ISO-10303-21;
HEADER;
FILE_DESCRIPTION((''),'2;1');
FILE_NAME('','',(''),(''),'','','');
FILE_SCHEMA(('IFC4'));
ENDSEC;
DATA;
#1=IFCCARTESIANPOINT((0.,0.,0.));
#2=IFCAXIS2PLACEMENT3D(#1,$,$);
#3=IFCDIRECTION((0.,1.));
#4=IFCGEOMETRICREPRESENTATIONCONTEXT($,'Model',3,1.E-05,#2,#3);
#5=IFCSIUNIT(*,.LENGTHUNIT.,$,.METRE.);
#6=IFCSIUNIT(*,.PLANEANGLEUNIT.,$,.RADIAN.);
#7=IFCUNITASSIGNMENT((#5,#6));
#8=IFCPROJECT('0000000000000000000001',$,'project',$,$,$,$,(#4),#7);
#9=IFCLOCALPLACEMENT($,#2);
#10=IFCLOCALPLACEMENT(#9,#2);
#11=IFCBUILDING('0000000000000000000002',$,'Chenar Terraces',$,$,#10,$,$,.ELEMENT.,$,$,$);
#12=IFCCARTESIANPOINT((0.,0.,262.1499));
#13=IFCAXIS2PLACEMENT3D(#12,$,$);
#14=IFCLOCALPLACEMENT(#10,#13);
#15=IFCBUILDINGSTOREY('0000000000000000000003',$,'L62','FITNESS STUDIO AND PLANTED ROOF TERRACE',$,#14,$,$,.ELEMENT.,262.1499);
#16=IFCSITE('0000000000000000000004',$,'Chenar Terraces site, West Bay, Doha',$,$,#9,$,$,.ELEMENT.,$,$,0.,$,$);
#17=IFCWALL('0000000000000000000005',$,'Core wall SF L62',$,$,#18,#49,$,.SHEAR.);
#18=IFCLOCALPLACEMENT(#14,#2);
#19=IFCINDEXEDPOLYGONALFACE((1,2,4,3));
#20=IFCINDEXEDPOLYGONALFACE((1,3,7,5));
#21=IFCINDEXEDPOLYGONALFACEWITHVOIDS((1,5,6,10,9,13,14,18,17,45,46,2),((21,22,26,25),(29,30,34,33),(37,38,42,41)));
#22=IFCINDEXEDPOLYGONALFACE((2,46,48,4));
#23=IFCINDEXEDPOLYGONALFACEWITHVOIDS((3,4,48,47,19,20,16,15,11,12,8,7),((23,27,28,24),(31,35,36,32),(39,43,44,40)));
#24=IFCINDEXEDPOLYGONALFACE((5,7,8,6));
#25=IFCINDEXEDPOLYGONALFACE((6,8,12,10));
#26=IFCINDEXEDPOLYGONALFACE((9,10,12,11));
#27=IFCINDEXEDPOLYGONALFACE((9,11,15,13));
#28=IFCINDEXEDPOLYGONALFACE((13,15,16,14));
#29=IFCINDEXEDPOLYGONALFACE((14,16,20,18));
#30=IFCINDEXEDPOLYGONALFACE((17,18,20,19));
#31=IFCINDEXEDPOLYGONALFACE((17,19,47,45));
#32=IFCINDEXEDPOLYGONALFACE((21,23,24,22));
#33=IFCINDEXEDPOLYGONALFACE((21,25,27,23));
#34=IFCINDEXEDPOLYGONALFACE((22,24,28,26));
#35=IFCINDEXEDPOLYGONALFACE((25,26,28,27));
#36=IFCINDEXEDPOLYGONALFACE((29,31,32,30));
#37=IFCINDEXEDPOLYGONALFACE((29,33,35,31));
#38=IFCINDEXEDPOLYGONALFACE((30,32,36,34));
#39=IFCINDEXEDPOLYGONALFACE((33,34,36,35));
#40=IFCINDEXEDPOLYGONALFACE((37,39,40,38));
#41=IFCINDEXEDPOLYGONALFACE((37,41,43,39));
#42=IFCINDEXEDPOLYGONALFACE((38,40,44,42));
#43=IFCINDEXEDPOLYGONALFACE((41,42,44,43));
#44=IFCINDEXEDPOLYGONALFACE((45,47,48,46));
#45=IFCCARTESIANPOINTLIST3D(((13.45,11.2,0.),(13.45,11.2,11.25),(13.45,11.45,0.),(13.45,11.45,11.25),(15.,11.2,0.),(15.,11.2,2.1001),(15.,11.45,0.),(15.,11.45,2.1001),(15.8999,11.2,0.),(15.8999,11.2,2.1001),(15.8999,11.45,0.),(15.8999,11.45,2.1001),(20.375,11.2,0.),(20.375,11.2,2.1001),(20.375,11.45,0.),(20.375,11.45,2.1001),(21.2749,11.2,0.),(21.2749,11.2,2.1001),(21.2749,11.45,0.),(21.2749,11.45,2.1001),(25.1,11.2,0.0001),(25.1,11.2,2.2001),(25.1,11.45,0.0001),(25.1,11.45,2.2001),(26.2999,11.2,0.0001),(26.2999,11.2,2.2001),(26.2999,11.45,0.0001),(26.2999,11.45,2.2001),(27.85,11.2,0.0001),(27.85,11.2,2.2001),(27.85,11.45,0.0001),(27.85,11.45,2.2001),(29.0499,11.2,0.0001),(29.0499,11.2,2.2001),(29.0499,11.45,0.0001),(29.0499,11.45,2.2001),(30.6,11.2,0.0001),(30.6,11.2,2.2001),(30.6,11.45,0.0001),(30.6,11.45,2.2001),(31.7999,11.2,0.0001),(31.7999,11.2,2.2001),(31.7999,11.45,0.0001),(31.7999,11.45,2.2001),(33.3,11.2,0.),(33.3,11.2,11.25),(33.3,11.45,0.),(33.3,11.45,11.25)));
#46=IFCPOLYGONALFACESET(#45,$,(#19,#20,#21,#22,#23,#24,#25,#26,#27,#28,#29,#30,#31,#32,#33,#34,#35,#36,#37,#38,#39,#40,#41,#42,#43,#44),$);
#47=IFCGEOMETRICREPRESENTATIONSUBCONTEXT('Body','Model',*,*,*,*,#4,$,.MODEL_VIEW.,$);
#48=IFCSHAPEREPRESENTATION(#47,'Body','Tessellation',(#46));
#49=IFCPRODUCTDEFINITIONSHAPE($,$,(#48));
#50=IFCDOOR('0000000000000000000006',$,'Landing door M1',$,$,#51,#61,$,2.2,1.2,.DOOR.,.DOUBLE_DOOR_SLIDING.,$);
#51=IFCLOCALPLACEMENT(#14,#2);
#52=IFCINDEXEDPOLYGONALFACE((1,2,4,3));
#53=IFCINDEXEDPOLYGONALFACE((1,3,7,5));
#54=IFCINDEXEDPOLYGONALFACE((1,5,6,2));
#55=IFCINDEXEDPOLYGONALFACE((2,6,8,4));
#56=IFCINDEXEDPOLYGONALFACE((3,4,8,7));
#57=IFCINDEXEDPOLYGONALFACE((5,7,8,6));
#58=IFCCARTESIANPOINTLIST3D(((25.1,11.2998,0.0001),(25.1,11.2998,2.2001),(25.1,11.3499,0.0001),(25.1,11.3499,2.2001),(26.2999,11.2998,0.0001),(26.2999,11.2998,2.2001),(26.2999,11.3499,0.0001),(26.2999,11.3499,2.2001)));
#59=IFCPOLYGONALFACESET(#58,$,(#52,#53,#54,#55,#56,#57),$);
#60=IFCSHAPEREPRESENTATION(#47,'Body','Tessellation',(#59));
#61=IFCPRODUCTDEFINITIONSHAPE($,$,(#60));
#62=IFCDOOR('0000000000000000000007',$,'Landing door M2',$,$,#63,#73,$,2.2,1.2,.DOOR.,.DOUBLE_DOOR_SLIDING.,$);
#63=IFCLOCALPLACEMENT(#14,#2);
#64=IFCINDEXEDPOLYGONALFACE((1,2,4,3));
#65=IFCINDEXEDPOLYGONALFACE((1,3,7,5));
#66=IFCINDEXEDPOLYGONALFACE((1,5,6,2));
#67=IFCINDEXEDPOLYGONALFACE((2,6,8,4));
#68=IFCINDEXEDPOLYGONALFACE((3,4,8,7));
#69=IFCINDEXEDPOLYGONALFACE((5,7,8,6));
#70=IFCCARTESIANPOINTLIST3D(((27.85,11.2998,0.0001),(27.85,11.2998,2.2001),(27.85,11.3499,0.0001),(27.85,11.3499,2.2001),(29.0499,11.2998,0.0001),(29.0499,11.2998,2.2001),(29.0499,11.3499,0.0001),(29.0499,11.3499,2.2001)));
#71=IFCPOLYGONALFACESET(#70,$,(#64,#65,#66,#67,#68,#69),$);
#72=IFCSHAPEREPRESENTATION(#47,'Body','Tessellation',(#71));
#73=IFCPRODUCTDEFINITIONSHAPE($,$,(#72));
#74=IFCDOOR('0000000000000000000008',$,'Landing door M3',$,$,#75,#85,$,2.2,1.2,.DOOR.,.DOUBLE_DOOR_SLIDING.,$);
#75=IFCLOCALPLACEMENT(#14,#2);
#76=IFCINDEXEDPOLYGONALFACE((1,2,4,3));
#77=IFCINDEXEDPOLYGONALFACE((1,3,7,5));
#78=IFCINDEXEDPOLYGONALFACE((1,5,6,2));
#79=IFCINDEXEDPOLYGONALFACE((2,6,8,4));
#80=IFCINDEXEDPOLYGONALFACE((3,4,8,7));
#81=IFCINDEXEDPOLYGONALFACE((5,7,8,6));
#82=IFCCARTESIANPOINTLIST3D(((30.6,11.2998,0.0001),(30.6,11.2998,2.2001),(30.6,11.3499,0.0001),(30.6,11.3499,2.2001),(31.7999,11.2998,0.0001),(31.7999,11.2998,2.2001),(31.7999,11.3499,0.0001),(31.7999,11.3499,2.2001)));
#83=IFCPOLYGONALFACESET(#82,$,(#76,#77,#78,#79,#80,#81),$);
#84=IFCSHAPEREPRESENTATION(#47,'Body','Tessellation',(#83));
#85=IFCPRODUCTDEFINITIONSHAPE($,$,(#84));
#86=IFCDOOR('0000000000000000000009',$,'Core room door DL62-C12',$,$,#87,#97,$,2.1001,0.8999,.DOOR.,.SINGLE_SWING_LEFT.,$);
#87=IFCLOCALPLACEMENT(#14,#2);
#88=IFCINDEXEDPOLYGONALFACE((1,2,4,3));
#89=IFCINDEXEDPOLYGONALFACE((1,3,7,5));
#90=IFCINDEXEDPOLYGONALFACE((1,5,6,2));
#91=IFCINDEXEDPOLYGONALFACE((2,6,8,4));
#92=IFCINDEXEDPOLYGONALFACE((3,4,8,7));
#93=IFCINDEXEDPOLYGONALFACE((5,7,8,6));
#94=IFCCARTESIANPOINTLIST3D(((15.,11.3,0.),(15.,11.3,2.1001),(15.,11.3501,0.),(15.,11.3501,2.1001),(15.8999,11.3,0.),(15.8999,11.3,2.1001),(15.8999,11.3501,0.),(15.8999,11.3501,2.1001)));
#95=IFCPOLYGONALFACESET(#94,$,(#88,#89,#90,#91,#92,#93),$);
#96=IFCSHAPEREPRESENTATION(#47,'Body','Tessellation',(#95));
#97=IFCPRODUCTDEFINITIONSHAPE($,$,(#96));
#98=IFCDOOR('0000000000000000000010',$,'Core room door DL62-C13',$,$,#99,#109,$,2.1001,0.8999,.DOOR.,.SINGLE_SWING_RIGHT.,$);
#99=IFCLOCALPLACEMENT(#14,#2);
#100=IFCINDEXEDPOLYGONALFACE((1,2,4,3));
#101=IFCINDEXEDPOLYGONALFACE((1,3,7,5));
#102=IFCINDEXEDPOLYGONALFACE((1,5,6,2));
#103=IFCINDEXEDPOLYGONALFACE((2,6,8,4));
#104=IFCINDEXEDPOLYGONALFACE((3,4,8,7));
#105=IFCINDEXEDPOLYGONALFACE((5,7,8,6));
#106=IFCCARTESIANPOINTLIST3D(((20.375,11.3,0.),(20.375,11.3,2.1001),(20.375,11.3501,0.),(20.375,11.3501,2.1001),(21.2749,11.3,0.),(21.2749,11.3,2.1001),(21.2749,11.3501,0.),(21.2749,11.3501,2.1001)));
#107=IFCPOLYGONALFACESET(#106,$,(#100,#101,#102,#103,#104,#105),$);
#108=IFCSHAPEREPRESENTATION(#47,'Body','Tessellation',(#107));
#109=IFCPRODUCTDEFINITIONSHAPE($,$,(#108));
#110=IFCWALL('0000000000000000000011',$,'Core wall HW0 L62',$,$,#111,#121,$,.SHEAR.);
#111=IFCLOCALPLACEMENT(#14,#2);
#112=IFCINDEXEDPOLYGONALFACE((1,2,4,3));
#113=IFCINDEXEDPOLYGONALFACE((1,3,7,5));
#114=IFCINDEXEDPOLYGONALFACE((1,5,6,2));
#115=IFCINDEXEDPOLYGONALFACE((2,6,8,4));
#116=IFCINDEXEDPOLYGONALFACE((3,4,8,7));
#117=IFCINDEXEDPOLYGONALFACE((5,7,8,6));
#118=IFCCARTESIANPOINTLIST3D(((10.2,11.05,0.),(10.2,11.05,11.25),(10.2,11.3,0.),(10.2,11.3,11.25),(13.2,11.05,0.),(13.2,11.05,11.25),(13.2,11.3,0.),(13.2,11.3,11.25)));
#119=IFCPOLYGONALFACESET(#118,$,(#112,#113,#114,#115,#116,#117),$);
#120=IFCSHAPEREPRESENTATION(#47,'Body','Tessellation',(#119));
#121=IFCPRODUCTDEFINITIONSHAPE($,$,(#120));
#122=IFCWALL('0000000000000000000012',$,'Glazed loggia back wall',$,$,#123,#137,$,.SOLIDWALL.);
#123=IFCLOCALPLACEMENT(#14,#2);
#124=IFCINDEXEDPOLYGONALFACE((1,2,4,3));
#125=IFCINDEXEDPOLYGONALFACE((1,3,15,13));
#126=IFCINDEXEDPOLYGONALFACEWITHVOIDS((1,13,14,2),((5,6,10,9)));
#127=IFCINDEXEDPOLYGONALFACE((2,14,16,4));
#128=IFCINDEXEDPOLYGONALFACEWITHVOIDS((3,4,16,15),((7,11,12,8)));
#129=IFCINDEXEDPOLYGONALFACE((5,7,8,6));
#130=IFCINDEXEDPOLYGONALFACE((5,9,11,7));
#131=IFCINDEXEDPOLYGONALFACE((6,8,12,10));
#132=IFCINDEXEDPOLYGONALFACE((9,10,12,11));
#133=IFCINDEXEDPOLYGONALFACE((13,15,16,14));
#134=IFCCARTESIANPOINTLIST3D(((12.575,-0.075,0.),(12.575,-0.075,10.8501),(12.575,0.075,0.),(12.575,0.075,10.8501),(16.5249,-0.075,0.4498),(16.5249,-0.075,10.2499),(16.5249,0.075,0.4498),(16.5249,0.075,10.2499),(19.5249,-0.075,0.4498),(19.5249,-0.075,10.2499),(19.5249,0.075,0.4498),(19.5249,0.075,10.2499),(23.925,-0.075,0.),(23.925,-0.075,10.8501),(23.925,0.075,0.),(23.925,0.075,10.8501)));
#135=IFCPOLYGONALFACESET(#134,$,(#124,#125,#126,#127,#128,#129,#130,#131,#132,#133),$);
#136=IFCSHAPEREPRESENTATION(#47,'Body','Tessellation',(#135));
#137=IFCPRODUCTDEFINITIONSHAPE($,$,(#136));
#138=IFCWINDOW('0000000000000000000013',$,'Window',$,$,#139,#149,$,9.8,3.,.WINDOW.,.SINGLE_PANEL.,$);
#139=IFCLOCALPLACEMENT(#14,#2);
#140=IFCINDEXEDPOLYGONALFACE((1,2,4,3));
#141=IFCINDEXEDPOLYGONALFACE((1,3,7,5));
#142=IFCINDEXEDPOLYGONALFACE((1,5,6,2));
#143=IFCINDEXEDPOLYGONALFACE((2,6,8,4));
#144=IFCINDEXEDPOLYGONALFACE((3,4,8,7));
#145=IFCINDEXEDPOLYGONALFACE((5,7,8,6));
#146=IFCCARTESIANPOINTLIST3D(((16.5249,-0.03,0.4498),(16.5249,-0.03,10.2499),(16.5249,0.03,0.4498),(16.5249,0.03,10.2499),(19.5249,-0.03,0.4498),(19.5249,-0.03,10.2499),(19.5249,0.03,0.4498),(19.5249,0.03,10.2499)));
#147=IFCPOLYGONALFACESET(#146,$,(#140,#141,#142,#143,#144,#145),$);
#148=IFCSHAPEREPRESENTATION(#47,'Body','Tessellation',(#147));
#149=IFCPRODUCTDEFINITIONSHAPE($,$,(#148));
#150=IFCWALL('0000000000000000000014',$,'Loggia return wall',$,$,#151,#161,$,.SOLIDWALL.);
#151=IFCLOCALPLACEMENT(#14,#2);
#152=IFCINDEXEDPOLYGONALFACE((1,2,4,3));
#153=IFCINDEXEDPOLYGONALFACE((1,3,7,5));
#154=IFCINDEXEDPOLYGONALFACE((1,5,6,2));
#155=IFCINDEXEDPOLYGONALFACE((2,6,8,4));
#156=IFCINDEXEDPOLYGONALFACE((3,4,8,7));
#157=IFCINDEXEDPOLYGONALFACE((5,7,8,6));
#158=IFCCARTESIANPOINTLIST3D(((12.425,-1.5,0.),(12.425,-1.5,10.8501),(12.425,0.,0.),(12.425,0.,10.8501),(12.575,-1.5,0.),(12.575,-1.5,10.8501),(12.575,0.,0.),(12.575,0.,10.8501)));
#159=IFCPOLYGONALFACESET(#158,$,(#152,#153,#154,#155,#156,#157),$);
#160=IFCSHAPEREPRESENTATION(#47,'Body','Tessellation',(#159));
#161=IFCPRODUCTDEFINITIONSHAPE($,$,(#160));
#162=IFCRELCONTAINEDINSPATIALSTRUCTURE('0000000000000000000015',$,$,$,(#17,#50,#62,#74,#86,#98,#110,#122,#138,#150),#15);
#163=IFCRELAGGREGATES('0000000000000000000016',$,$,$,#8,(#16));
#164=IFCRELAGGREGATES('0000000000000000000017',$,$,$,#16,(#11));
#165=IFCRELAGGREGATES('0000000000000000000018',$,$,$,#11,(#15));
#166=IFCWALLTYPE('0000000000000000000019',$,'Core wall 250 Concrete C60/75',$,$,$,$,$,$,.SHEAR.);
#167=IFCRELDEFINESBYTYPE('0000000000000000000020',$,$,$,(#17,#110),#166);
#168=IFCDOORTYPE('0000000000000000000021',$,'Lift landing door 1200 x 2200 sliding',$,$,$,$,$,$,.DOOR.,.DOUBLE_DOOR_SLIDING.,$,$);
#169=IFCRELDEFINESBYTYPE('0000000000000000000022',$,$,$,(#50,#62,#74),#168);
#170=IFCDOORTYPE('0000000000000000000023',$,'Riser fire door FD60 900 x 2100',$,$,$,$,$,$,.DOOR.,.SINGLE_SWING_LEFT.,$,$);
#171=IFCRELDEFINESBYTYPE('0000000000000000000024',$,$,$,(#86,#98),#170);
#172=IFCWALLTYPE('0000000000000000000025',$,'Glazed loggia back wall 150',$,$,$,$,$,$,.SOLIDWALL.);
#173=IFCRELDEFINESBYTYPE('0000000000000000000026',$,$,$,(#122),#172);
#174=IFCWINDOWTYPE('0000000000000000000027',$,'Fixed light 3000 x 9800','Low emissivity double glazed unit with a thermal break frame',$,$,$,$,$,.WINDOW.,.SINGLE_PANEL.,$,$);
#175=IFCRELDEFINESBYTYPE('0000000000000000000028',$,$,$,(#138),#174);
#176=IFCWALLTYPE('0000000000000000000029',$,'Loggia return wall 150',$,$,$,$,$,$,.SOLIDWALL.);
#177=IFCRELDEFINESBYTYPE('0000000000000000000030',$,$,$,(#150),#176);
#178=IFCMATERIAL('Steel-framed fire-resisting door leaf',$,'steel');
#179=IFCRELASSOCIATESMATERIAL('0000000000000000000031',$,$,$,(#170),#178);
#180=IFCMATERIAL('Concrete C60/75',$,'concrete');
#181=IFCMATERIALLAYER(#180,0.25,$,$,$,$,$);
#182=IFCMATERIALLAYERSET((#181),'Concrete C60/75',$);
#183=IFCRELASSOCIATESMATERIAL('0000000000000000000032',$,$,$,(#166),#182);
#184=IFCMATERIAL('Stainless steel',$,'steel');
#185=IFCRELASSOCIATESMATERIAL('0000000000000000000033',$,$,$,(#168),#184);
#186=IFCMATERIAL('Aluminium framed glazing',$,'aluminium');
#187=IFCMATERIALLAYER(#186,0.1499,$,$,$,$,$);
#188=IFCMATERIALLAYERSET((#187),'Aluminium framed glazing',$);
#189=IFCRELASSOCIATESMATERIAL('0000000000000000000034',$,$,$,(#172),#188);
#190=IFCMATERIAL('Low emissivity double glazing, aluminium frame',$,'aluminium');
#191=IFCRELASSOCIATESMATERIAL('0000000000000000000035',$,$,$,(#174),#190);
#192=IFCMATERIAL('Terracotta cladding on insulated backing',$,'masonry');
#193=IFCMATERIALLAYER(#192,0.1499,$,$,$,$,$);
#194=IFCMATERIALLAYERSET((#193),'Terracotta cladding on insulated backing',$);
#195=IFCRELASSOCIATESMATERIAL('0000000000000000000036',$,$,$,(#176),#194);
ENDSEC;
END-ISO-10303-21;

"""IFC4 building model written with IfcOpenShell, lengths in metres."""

from ifc_helpers import new_model, si_unit, direction, frame, frame_2d, origin, place, context, subcontext, project, spatial, rectangle, extrude, material, layer, layer_set, type_object, element, fill, save


model = new_model("IFC4")

# Units and contexts
model_context = context("Model", 3, precision=1e-05, world=origin(), true_north=direction((0.0, 1.0)))
body_context = subcontext(model_context, "Body", "Model", "MODEL_VIEW")
ifc_project = project(units=[si_unit("LENGTHUNIT", "METRE"), si_unit("PLANEANGLEUNIT", "RADIAN")], contexts=[model_context])

# Site, building, storey
site_placement = place(None, origin())
site = spatial("IfcSite", under=ifc_project, at=site_placement, Name="Chenar Terraces site, West Bay, Doha", CompositionType="ELEMENT", RefElevation=0.0)
building_placement = place(site_placement, origin())
building = spatial("IfcBuilding", under=site, at=building_placement, Name="Chenar Terraces", CompositionType="ELEMENT")
storey_placement = place(building_placement, frame((0.0, 0.0, 262.1499)))
storey = spatial("IfcBuildingStorey", under=building, at=storey_placement, Name="L62", Description="FITNESS STUDIO AND PLANTED ROOF TERRACE", CompositionType="ELEMENT", Elevation=262.1499)

# Shared definitions
ifc_material_1 = material(Name="Steel-framed fire-resisting door leaf", Category="steel")
door_type_1 = type_object("IfcDoorType", Name="Riser fire door FD60 900 x 2100", OperationType="SINGLE_SWING_LEFT", PredefinedType="DOOR", material=ifc_material_1)

# Shared definitions
ifc_material_2 = material(Name="Concrete C60/75", Category="concrete")
ifc_layer_1 = layer(ifc_material_2, 0.25)
ifc_layer_set_1 = layer_set([ifc_layer_1], Name="Concrete C60/75")
wall_type_1 = type_object("IfcWallType", Name="Core wall 250 Concrete C60/75", PredefinedType="SHEAR", material=ifc_layer_set_1)

# Wall, openings, doors
wall_1_placement = place(storey_placement, frame((13.45, 11.325, 0.0), z_axis=(0.0, 0.0, 1.0), x_axis=(1.0, 0.0, 0.0)))
wall_1 = element("IfcWall", 1, at=wall_1_placement, inside=storey, type_object=wall_type_1, Name="Core wall SF L62", PredefinedType="SHEAR", context=body_context, shape_type="SweptSolid", body=[
    extrude(rectangle(XDim=19.8501, YDim=0.25, at=frame_2d((9.925, 0.0))), origin(), (0.0, 0.0, 1.0), 11.25),
])
opening_1_placement = place(wall_1_placement, frame((11.6499, 0.0, 0.0)))
opening_1 = element("IfcOpeningElement", 2, at=opening_1_placement, cuts=wall_1, PredefinedType="OPENING", context=body_context, shape_type="SweptSolid", body=[
    extrude(rectangle(XDim=1.2, YDim=2.2, at=frame_2d((0.6001, 1.1001))), frame((0.0, 0.135, 0.0), z_axis=(0.0, -1.0, 0.0), x_axis=(1.0, 0.0, 0.0)), (0.0, 0.0, 1.0), 0.27),
])
opening_2_placement = place(wall_1_placement, frame((14.3999, 0.0, 0.0)))
opening_2 = element("IfcOpeningElement", 3, at=opening_2_placement, cuts=wall_1, PredefinedType="OPENING", context=body_context, shape_type="SweptSolid", body=[
    extrude(rectangle(XDim=1.2, YDim=2.2, at=frame_2d((0.6001, 1.1001))), frame((0.0, 0.135, 0.0), z_axis=(0.0, -1.0, 0.0), x_axis=(1.0, 0.0, 0.0)), (0.0, 0.0, 1.0), 0.27),
])
opening_3_placement = place(wall_1_placement, frame((17.1499, 0.0, 0.0)))
opening_3 = element("IfcOpeningElement", 4, at=opening_3_placement, cuts=wall_1, PredefinedType="OPENING", context=body_context, shape_type="SweptSolid", body=[
    extrude(rectangle(XDim=1.2, YDim=2.2, at=frame_2d((0.6001, 1.1001))), frame((0.0, 0.135, 0.0), z_axis=(0.0, -1.0, 0.0), x_axis=(1.0, 0.0, 0.0)), (0.0, 0.0, 1.0), 0.27),
])
opening_4_placement = place(wall_1_placement, frame((1.55, 0.0, 0.0)))
opening_4 = element("IfcOpeningElement", 5, at=opening_4_placement, cuts=wall_1, PredefinedType="OPENING", context=body_context, shape_type="SweptSolid", body=[
    extrude(rectangle(XDim=0.8999, YDim=2.1001, at=frame_2d((0.45, 1.05))), frame((0.0, 0.135, 0.0), z_axis=(0.0, -1.0, 0.0), x_axis=(1.0, 0.0, 0.0)), (0.0, 0.0, 1.0), 0.27),
])
opening_5_placement = place(wall_1_placement, frame((6.925, 0.0, 0.0)))
opening_5 = element("IfcOpeningElement", 6, at=opening_5_placement, cuts=wall_1, PredefinedType="OPENING", context=body_context, shape_type="SweptSolid", body=[
    extrude(rectangle(XDim=0.8999, YDim=2.1001, at=frame_2d((0.45, 1.05))), frame((0.0, 0.135, 0.0), z_axis=(0.0, -1.0, 0.0), x_axis=(1.0, 0.0, 0.0)), (0.0, 0.0, 1.0), 0.27),
])
ifc_material_3 = material(Name="Stainless steel", Category="steel")
door_type_2 = type_object("IfcDoorType", Name="Lift landing door 1200 x 2200 sliding", OperationType="DOUBLE_DOOR_SLIDING", PredefinedType="DOOR", material=ifc_material_3)
door_1_placement = place(opening_1_placement, origin())
door_1 = element("IfcDoor", 7, at=door_1_placement, inside=storey, type_object=door_type_2, Name="Landing door M1", OperationType="DOUBLE_DOOR_SLIDING", OverallHeight=2.2, OverallWidth=1.2, PredefinedType="DOOR", context=body_context, shape_type="SweptSolid", body=[
    extrude(rectangle(XDim=1.2, YDim=2.2, at=frame_2d((0.6001, 1.1001))), frame((0.0, 0.0249, 0.0), z_axis=(0.0, -1.0, 0.0), x_axis=(1.0, 0.0, 0.0)), (0.0, 0.0, 1.0), 0.05),
])
fill(opening_1, door_1)
door_2_placement = place(opening_2_placement, origin())
door_2 = element("IfcDoor", 8, at=door_2_placement, inside=storey, type_object=door_type_2, Name="Landing door M2", OperationType="DOUBLE_DOOR_SLIDING", OverallHeight=2.2, OverallWidth=1.2, PredefinedType="DOOR", context=body_context, shape_type="SweptSolid", body=[
    extrude(rectangle(XDim=1.2, YDim=2.2, at=frame_2d((0.6001, 1.1001))), frame((0.0, 0.0249, 0.0), z_axis=(0.0, -1.0, 0.0), x_axis=(1.0, 0.0, 0.0)), (0.0, 0.0, 1.0), 0.05),
])
fill(opening_2, door_2)
door_3_placement = place(opening_3_placement, origin())
door_3 = element("IfcDoor", 9, at=door_3_placement, inside=storey, type_object=door_type_2, Name="Landing door M3", OperationType="DOUBLE_DOOR_SLIDING", OverallHeight=2.2, OverallWidth=1.2, PredefinedType="DOOR", context=body_context, shape_type="SweptSolid", body=[
    extrude(rectangle(XDim=1.2, YDim=2.2, at=frame_2d((0.6001, 1.1001))), frame((0.0, 0.0249, 0.0), z_axis=(0.0, -1.0, 0.0), x_axis=(1.0, 0.0, 0.0)), (0.0, 0.0, 1.0), 0.05),
])
fill(opening_3, door_3)
door_4_placement = place(opening_4_placement, frame((0.8999, 0.0, 0.0), z_axis=(0.0, 0.0, 1.0), x_axis=(-1.0, 0.0, 0.0)))
door_4 = element("IfcDoor", 10, at=door_4_placement, inside=storey, type_object=door_type_1, Name="Core room door DL62-C12", OperationType="SINGLE_SWING_LEFT", OverallHeight=2.1001, OverallWidth=0.8999, PredefinedType="DOOR", context=body_context, shape_type="SweptSolid", body=[
    extrude(rectangle(XDim=0.8999, YDim=2.1001, at=frame_2d((0.45, 1.05))), frame((0.0, 0.0249, 0.0), z_axis=(0.0, -1.0, 0.0), x_axis=(1.0, 0.0, 0.0)), (0.0, 0.0, 1.0), 0.05),
])
fill(opening_4, door_4)
door_5_placement = place(opening_5_placement, frame((0.8999, 0.0, 0.0), z_axis=(0.0, 0.0, 1.0), x_axis=(-1.0, 0.0, 0.0)))
door_5 = element("IfcDoor", 11, at=door_5_placement, inside=storey, type_object=door_type_1, Name="Core room door DL62-C13", OperationType="SINGLE_SWING_RIGHT", OverallHeight=2.1001, OverallWidth=0.8999, PredefinedType="DOOR", context=body_context, shape_type="SweptSolid", body=[
    extrude(rectangle(XDim=0.8999, YDim=2.1001, at=frame_2d((0.45, 1.05))), frame((0.0, 0.0249, 0.0), z_axis=(0.0, -1.0, 0.0), x_axis=(1.0, 0.0, 0.0)), (0.0, 0.0, 1.0), 0.05),
])
fill(opening_5, door_5)

# Wall
wall_2_placement = place(storey_placement, frame((10.2, 11.175, 0.0), z_axis=(0.0, 0.0, 1.0), x_axis=(1.0, 0.0, 0.0)))
element("IfcWall", 12, at=wall_2_placement, inside=storey, type_object=wall_type_1, Name="Core wall HW0 L62", PredefinedType="SHEAR", context=body_context, shape_type="SweptSolid", body=[
    extrude(rectangle(XDim=3.0, YDim=0.25, at=frame_2d((1.5, 0.0))), origin(), (0.0, 0.0, 1.0), 11.25),
])

# Wall, opening, window
ifc_material_4 = material(Name="Aluminium framed glazing", Category="aluminium")
ifc_layer_2 = layer(ifc_material_4, 0.1499)
ifc_layer_set_2 = layer_set([ifc_layer_2], Name="Aluminium framed glazing")
wall_type_2 = type_object("IfcWallType", Name="Glazed loggia back wall 150", PredefinedType="SOLIDWALL", material=ifc_layer_set_2)
wall_3_placement = place(storey_placement, frame((12.575, 0.0, 0.0), z_axis=(0.0, 0.0, 1.0), x_axis=(1.0, 0.0, 0.0)))
wall_3 = element("IfcWall", 13, at=wall_3_placement, inside=storey, type_object=wall_type_2, Name="Glazed loggia back wall", PredefinedType="SOLIDWALL", context=body_context, shape_type="SweptSolid", body=[
    extrude(rectangle(XDim=11.3501, YDim=0.1499, at=frame_2d((5.675, 0.0))), origin(), (0.0, 0.0, 1.0), 10.8501),
])
opening_6_placement = place(wall_3_placement, frame((3.95, 0.0, 0.45)))
opening_6 = element("IfcOpeningElement", 14, at=opening_6_placement, cuts=wall_3, PredefinedType="OPENING", context=body_context, shape_type="SweptSolid", body=[
    extrude(rectangle(XDim=3.0, YDim=9.8, at=frame_2d((1.5, 4.8999))), frame((0.0, 0.085, 0.0), z_axis=(0.0, -1.0, 0.0), x_axis=(1.0, 0.0, 0.0)), (0.0, 0.0, 1.0), 0.1699),
])
ifc_material_5 = material(Name="Low emissivity double glazing, aluminium frame", Category="aluminium")
window_type = type_object("IfcWindowType", Name="Fixed light 3000 x 9800", Description="Low emissivity double glazed unit with a thermal break frame", PartitioningType="SINGLE_PANEL", PredefinedType="WINDOW", material=ifc_material_5)
window_placement = place(opening_6_placement, origin())
window = element("IfcWindow", 15, at=window_placement, inside=storey, type_object=window_type, Name="Window", OverallHeight=9.8, OverallWidth=3.0, PartitioningType="SINGLE_PANEL", PredefinedType="WINDOW", context=body_context, shape_type="SweptSolid", body=[
    extrude(rectangle(XDim=3.0, YDim=9.8, at=frame_2d((1.5, 4.8999))), frame((0.0, 0.03, 0.0), z_axis=(0.0, -1.0, 0.0), x_axis=(1.0, 0.0, 0.0)), (0.0, 0.0, 1.0), 0.0601),
])
fill(opening_6, window)

# Wall
ifc_material_6 = material(Name="Terracotta cladding on insulated backing", Category="masonry")
ifc_layer_3 = layer(ifc_material_6, 0.1499)
ifc_layer_set_3 = layer_set([ifc_layer_3], Name="Terracotta cladding on insulated backing")
wall_type_3 = type_object("IfcWallType", Name="Loggia return wall 150", PredefinedType="SOLIDWALL", material=ifc_layer_set_3)
for number, where, z_axis, x_axis, name in (
    (16, (12.5, -1.5, 0.0), (0.0, 0.0, 1.0), (0.0, 1.0, 0.0), "Loggia return wall"),
):
    element("IfcWall", number, at=place(storey_placement, frame(where, z_axis=z_axis, x_axis=x_axis)), inside=storey, type_object=wall_type_3, Name=name, PredefinedType="SOLIDWALL", context=body_context, shape_type="SweptSolid", body=[
        extrude(rectangle(XDim=1.5, YDim=0.1499, at=frame_2d((0.75, 0.0))), origin(), (0.0, 0.0, 1.0), 10.8501),
    ])

save(model, "model.ifc")
